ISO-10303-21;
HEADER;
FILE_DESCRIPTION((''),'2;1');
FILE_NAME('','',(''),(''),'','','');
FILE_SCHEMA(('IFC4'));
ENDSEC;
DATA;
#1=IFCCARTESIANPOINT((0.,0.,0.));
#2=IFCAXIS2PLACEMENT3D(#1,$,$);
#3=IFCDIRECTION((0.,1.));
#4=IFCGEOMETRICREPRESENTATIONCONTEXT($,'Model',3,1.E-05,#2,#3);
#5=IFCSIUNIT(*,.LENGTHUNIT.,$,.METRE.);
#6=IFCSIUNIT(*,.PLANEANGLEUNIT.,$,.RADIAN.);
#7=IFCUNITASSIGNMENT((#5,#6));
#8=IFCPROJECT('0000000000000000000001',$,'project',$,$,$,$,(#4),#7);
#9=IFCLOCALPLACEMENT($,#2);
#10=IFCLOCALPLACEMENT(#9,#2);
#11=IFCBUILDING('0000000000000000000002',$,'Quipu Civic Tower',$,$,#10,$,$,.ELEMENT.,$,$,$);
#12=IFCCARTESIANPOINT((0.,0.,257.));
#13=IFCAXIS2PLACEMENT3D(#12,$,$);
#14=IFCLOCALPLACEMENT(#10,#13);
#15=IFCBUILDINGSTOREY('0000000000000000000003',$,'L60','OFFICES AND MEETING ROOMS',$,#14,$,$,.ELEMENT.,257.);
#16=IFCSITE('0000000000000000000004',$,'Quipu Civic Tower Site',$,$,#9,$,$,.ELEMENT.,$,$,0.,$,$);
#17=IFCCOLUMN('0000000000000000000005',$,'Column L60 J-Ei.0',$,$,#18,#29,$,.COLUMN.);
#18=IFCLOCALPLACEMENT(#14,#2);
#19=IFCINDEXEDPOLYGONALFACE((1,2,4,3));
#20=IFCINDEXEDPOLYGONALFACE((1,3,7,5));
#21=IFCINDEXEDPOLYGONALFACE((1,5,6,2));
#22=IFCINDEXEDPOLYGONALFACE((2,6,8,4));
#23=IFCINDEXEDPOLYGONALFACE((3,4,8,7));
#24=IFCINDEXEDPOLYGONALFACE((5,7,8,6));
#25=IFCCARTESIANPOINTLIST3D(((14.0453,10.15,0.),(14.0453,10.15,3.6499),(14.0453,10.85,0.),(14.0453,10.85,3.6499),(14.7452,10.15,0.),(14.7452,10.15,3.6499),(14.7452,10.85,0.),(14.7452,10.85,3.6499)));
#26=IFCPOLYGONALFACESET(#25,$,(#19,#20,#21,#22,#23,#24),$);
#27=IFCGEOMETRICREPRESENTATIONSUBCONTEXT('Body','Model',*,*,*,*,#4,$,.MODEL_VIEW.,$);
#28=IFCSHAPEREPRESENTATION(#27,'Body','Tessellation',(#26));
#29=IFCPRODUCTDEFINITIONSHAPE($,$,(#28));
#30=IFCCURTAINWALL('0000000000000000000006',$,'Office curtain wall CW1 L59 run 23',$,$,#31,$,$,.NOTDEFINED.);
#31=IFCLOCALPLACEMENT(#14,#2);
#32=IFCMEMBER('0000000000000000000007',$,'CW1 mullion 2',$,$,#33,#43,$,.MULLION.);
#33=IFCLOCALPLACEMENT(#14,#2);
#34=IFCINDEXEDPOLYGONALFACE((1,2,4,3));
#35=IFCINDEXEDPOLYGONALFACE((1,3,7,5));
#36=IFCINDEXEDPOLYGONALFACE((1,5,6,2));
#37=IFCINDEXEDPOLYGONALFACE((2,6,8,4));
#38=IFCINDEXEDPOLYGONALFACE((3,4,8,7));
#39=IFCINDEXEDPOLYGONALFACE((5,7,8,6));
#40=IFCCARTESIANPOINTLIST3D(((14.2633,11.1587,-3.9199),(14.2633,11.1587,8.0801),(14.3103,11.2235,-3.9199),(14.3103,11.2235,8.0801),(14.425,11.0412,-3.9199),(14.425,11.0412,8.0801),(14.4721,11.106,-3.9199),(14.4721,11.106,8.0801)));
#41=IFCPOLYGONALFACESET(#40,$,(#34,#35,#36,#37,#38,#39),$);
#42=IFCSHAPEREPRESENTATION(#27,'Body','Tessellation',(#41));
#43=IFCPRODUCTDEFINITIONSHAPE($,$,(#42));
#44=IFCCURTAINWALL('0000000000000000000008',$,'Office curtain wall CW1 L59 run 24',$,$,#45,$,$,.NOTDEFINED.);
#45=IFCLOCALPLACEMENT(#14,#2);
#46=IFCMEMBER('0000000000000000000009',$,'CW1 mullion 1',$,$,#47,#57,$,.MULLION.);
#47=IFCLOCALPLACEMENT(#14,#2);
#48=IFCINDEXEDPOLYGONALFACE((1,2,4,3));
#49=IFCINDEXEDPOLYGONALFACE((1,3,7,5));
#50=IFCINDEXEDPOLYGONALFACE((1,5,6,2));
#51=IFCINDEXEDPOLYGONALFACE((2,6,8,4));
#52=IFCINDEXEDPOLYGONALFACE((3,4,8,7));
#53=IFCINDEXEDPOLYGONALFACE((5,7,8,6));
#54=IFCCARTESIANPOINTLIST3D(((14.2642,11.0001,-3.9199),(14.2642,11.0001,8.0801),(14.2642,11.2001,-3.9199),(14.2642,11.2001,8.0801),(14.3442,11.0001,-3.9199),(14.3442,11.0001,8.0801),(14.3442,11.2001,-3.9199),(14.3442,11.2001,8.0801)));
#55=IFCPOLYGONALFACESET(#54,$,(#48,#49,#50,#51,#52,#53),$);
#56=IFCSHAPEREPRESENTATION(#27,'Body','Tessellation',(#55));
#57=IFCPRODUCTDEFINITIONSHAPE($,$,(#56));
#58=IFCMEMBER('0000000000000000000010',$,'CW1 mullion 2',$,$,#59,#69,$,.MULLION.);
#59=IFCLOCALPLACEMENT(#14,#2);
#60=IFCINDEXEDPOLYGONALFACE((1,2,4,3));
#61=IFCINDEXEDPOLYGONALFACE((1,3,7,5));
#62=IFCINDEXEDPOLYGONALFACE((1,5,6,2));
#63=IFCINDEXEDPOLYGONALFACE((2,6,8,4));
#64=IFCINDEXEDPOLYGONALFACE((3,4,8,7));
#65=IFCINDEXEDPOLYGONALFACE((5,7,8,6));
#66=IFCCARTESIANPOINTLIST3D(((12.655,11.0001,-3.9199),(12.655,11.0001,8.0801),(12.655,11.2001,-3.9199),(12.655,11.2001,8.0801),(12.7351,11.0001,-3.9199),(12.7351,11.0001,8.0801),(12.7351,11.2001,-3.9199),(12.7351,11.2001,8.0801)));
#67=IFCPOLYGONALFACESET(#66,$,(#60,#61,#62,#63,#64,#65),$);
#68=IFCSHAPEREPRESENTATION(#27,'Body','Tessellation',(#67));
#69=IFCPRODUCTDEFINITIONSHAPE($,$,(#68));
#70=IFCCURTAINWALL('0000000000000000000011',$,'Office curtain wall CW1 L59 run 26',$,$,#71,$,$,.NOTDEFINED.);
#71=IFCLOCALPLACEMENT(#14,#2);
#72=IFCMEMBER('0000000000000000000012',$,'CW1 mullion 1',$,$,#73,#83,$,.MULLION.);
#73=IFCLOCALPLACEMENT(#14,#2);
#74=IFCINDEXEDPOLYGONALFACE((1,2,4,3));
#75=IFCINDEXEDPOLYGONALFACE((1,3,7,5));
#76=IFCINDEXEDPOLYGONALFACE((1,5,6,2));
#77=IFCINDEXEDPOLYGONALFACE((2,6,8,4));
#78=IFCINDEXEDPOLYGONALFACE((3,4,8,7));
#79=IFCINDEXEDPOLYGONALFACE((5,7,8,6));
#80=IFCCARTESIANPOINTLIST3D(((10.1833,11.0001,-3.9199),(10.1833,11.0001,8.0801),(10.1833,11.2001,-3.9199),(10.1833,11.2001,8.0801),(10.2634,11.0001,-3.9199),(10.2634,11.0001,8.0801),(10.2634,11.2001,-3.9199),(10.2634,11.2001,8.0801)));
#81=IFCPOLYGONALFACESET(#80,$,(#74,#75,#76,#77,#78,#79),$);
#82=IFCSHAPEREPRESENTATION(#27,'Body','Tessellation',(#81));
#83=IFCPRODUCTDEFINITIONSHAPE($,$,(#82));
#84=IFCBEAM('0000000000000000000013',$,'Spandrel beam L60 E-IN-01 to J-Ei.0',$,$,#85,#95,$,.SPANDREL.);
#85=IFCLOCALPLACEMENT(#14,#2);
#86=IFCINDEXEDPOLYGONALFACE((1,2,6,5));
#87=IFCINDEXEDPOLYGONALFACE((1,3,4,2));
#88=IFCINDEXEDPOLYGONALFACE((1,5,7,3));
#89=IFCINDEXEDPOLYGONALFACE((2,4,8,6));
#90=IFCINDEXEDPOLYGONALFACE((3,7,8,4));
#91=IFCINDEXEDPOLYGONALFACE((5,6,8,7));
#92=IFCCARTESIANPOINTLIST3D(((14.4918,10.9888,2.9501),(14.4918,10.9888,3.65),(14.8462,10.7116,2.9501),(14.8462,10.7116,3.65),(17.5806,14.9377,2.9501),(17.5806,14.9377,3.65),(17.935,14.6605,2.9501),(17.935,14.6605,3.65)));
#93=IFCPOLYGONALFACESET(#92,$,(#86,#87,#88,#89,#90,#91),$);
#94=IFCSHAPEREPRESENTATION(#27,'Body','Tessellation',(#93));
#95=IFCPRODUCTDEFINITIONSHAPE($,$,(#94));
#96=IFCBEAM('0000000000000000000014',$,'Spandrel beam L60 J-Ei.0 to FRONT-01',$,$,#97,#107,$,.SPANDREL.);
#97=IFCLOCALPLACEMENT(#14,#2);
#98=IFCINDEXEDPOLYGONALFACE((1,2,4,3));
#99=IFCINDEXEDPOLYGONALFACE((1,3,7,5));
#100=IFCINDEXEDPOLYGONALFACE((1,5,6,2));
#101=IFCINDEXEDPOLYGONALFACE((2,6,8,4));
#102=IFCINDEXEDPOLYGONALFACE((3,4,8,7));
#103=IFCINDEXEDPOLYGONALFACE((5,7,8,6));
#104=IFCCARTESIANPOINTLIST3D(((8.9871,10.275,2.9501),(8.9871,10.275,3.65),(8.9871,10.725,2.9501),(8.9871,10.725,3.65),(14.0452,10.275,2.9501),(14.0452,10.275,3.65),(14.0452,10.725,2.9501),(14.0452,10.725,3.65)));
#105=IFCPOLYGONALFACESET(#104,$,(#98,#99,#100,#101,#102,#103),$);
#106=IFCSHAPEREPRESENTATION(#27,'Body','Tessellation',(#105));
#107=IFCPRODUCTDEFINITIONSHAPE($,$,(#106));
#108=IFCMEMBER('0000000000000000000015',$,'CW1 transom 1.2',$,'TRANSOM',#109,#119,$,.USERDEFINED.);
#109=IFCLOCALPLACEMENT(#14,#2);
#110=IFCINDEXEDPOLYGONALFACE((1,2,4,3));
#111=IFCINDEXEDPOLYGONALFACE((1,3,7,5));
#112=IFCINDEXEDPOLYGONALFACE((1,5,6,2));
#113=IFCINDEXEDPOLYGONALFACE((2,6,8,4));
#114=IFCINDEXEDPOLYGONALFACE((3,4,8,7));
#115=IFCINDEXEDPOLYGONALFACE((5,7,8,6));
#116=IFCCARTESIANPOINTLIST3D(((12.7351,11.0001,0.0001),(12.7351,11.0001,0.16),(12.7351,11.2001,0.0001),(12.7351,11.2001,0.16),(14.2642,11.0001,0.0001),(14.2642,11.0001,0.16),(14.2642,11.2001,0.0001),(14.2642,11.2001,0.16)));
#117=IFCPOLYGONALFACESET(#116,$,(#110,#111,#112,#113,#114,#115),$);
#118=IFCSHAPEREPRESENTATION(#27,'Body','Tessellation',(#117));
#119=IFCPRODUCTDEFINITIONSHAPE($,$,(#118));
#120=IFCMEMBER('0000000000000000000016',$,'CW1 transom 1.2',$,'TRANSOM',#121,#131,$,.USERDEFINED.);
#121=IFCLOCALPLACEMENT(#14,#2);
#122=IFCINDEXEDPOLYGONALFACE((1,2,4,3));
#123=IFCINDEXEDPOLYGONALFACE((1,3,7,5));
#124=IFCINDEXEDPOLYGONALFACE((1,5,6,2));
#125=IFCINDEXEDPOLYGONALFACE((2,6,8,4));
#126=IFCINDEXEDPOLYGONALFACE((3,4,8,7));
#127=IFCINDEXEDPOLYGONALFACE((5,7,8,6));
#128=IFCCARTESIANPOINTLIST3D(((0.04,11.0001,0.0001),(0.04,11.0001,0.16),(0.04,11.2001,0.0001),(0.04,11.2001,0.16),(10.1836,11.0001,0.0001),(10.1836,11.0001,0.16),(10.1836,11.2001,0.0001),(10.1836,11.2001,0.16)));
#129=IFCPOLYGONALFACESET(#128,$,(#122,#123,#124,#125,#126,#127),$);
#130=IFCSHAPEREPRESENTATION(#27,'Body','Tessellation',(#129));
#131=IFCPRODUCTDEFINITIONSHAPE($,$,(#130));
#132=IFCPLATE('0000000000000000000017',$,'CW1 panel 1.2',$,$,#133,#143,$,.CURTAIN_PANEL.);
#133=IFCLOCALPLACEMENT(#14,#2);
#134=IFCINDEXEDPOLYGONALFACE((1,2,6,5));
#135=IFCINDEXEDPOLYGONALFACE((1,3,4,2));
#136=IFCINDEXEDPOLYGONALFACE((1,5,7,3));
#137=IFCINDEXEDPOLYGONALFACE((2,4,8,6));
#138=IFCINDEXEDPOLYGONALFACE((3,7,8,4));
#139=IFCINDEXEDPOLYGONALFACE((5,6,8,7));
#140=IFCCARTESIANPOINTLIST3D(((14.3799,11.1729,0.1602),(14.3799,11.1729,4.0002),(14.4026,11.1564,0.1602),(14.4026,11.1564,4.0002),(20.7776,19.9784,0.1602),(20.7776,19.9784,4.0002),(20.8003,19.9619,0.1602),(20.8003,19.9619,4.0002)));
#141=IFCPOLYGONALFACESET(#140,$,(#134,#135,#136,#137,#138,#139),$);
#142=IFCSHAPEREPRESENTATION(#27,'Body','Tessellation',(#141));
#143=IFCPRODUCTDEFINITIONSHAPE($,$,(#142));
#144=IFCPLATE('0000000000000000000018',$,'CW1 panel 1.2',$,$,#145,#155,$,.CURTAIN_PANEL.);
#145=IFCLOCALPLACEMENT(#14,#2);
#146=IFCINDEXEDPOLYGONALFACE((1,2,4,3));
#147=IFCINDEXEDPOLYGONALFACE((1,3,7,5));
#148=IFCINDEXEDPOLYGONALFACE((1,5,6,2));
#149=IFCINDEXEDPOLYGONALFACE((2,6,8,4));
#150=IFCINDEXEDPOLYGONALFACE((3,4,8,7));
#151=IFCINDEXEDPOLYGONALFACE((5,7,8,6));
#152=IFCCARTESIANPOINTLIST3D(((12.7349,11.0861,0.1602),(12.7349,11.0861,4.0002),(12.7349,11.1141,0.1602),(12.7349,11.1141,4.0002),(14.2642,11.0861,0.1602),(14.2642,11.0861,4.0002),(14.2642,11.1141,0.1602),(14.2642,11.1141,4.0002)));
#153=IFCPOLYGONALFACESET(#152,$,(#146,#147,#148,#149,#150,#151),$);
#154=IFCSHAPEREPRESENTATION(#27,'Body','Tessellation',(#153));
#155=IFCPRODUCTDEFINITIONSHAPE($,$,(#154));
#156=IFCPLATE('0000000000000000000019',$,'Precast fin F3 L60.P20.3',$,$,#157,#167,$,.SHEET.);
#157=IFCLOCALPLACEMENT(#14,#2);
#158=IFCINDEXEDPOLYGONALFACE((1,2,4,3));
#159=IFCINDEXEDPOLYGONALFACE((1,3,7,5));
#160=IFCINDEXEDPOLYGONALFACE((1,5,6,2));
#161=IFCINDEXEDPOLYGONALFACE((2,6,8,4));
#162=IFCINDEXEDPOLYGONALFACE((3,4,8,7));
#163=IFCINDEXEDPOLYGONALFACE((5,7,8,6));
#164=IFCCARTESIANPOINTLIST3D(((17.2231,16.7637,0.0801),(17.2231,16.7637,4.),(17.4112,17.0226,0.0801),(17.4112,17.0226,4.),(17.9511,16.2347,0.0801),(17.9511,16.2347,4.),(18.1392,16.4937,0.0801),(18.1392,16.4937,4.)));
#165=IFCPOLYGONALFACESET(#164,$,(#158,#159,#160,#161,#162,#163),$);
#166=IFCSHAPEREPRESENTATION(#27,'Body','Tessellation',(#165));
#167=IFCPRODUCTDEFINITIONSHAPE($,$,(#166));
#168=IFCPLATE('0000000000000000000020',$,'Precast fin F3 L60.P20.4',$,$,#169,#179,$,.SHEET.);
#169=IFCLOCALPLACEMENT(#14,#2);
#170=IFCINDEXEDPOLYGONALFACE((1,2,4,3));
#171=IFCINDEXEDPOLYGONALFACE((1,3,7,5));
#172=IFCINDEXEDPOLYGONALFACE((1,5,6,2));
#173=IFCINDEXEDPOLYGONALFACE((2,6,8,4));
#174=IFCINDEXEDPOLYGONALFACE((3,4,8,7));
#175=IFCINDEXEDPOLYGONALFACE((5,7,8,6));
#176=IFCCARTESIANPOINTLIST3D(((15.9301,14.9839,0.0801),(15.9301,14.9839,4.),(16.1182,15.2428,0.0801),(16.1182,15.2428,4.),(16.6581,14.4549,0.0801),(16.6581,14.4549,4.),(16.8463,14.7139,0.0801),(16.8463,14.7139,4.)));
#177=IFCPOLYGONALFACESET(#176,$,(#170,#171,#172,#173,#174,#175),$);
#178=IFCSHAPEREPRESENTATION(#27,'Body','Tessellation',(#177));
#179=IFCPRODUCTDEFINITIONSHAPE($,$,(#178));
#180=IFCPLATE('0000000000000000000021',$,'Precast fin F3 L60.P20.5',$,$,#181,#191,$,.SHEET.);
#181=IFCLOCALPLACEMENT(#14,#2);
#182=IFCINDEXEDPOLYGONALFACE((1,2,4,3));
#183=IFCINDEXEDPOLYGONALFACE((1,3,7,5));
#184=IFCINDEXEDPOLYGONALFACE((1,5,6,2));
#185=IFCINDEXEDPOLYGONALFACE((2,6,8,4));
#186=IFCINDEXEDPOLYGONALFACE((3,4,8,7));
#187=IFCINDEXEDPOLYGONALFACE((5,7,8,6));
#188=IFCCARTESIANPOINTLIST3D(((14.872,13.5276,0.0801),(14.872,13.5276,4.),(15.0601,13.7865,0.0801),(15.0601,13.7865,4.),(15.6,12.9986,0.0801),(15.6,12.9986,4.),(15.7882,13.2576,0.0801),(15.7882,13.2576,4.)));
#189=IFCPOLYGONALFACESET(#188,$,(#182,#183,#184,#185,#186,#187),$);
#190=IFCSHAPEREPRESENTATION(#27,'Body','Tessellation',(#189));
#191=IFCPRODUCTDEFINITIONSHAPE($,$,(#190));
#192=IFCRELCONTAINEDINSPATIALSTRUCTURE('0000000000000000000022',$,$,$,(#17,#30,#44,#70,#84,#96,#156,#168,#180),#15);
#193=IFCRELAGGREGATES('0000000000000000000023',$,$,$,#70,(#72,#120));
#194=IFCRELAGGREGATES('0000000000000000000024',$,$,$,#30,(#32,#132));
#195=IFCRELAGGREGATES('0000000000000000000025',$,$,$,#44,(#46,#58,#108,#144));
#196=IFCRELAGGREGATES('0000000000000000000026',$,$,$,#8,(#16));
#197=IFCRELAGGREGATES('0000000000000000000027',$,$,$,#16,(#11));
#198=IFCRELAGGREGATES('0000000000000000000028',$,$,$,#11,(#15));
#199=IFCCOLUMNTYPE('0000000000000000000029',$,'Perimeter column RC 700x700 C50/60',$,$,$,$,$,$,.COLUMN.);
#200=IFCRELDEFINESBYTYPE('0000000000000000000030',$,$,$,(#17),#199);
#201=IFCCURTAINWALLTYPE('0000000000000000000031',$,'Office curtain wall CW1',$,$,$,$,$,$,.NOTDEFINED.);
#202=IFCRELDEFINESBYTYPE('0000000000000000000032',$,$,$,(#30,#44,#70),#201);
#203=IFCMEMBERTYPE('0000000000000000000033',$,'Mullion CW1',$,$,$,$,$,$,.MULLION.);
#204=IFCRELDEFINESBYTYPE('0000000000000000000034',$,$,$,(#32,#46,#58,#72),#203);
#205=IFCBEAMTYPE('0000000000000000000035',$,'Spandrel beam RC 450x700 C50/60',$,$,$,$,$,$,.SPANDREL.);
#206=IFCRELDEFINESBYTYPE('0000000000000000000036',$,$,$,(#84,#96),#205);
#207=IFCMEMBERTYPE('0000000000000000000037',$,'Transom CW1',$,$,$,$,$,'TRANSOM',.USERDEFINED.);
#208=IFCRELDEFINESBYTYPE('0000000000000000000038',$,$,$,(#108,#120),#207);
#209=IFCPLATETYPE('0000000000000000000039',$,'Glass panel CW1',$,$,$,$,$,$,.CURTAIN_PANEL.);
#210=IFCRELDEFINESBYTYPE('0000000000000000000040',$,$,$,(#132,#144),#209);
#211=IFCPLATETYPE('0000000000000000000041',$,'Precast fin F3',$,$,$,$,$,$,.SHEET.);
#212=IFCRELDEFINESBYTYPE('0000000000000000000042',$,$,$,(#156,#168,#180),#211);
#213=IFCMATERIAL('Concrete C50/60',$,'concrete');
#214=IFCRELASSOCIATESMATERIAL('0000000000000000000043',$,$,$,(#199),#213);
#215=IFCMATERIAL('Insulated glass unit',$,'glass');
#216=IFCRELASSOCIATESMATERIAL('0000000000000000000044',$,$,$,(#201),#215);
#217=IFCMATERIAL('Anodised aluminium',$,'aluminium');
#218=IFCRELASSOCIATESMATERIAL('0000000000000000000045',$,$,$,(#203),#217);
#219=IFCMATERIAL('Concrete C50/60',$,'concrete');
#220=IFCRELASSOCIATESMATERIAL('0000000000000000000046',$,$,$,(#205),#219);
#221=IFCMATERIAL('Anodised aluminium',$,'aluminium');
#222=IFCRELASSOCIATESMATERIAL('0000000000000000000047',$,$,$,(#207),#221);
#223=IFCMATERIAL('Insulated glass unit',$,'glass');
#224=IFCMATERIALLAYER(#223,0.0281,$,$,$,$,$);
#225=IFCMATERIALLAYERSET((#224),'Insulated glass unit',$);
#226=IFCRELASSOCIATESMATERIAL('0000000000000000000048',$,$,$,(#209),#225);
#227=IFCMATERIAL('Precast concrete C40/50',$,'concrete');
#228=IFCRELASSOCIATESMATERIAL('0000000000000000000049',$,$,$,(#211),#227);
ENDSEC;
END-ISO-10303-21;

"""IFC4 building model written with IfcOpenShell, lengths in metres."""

from ifc_helpers import new_model, si_unit, direction, frame, origin, origin_2d, place, context, subcontext, project, spatial, rectangle, extrude, material, layer, layer_set, material_profile, profile_set, type_object, element, aggregate, save


model = new_model("IFC4")

# Units and contexts
model_context = context("Model", 3, precision=1e-05, world=origin(), true_north=direction((0.0, 1.0)))
body_context = subcontext(model_context, "Body", "Model", "MODEL_VIEW")
ifc_project = project(units=[si_unit("LENGTHUNIT", "METRE"), si_unit("PLANEANGLEUNIT", "RADIAN")], contexts=[model_context])

# Site, building, storey
site_placement = place(None, origin())
site = spatial("IfcSite", under=ifc_project, at=site_placement, Name="Quipu Civic Tower Site", CompositionType="ELEMENT", RefElevation=0.0)
building_placement = place(site_placement, origin())
building = spatial("IfcBuilding", under=site, at=building_placement, Name="Quipu Civic Tower", CompositionType="ELEMENT")
storey_placement = place(building_placement, frame((0.0, 0.0, 257.0)))
storey = spatial("IfcBuildingStorey", under=building, at=storey_placement, Name="L60", Description="OFFICES AND MEETING ROOMS", CompositionType="ELEMENT", Elevation=257.0)

# Column
ifc_material_1 = material(Name="Concrete C50/60", Category="concrete")
ifc_material_profile_1 = material_profile(ifc_material_1, rectangle(XDim=0.7, YDim=0.7, at=origin_2d()), Name="RC700x700")
ifc_profile_set_1 = profile_set([ifc_material_profile_1], Name="Concrete C50/60")
column_type = type_object("IfcColumnType", Name="Perimeter column RC 700x700 C50/60", PredefinedType="COLUMN", material=ifc_profile_set_1)
column_placement = place(storey_placement, frame((14.3953, 10.5, 0.0), z_axis=(0.0, 0.0, 1.0), x_axis=(-1.0, 0.0, 0.0)))
element("IfcColumn", 1, at=column_placement, inside=storey, type_object=column_type, Name="Column L60 J-Ei.0", PredefinedType="COLUMN", context=body_context, shape_type="SweptSolid", body=[
    extrude(rectangle(XDim=0.7, YDim=0.7, at=origin_2d()), origin(), (0.0, 0.0, 1.0), 3.6499),
])

# Curtain wall, member
ifc_material_2 = material(Name="Insulated glass unit", Category="glass")
curtain_wall_type = type_object("IfcCurtainWallType", Name="Office curtain wall CW1", PredefinedType="NOTDEFINED", material=ifc_material_2)
curtain_wall_1_placement = place(storey_placement, origin())
curtain_wall_1 = element("IfcCurtainWall", 2, at=curtain_wall_1_placement, inside=storey, type_object=curtain_wall_type, Name="Office curtain wall CW1 L59 run 23", PredefinedType="NOTDEFINED")
ifc_material_3 = material(Name="Anodised aluminium", Category="aluminium")
ifc_material_profile_2 = material_profile(ifc_material_3, rectangle(XDim=0.2, YDim=0.0801, at=origin_2d()), Name="RECT 200x80")
ifc_profile_set_2 = profile_set([ifc_material_profile_2], Name="Anodised aluminium")
member_type_1 = type_object("IfcMemberType", Name="Mullion CW1", PredefinedType="MULLION", material=ifc_profile_set_2)
member_1_placement = place(storey_placement, frame((14.3677, 11.1323, -3.9199), z_axis=(0.0, 0.0, 1.0), x_axis=(0.809015, -0.587788, 0.0)))
member_1 = element("IfcMember", 3, at=member_1_placement, type_object=member_type_1, Name="CW1 mullion 2", PredefinedType="MULLION", context=body_context, shape_type="SweptSolid", body=[
    extrude(rectangle(XDim=0.2, YDim=0.0801, at=origin_2d()), origin(), (0.0, 0.0, 1.0), 12.0),
])

# Curtain wall, members
curtain_wall_2_placement = place(storey_placement, origin())
curtain_wall_2 = element("IfcCurtainWall", 4, at=curtain_wall_2_placement, inside=storey, type_object=curtain_wall_type, Name="Office curtain wall CW1 L59 run 24", PredefinedType="NOTDEFINED")
member_2_placement = place(storey_placement, frame((14.3042, 11.1001, -3.9199), z_axis=(0.0, 0.0, 1.0), x_axis=(0.0, -1.0, 0.0)))
member_2 = element("IfcMember", 5, at=member_2_placement, type_object=member_type_1, Name="CW1 mullion 1", PredefinedType="MULLION", context=body_context, shape_type="SweptSolid", body=[
    extrude(rectangle(XDim=0.2, YDim=0.0801, at=origin_2d()), origin(), (0.0, 0.0, 1.0), 12.0),
])
member_3_placement = place(storey_placement, frame((12.6951, 11.1001, -3.9199), z_axis=(0.0, 0.0, 1.0), x_axis=(0.0, -1.0, 0.0)))
member_3 = element("IfcMember", 6, at=member_3_placement, type_object=member_type_1, Name="CW1 mullion 2", PredefinedType="MULLION", context=body_context, shape_type="SweptSolid", body=[
    extrude(rectangle(XDim=0.2, YDim=0.0801, at=origin_2d()), origin(), (0.0, 0.0, 1.0), 12.0),
])

# Curtain wall, member
curtain_wall_3_placement = place(storey_placement, origin())
curtain_wall_3 = element("IfcCurtainWall", 7, at=curtain_wall_3_placement, inside=storey, type_object=curtain_wall_type, Name="Office curtain wall CW1 L59 run 26", PredefinedType="NOTDEFINED")
member_4_placement = place(storey_placement, frame((10.2234, 11.1001, -3.9199), z_axis=(0.0, 0.0, 1.0), x_axis=(0.0, -1.0, 0.0)))
member_4 = element("IfcMember", 8, at=member_4_placement, type_object=member_type_1, Name="CW1 mullion 1", PredefinedType="MULLION", context=body_context, shape_type="SweptSolid", body=[
    extrude(rectangle(XDim=0.2, YDim=0.0801, at=origin_2d()), origin(), (0.0, 0.0, 1.0), 12.0),
])

# Beams
ifc_material_4 = material(Name="Concrete C50/60", Category="concrete")
ifc_material_profile_3 = material_profile(ifc_material_4, rectangle(XDim=0.45, YDim=0.7, at=origin_2d()), Name="RC450x700")
ifc_profile_set_3 = profile_set([ifc_material_profile_3], Name="Concrete C50/60")
beam_type = type_object("IfcBeamType", Name="Spandrel beam RC 450x700 C50/60", PredefinedType="SPANDREL", material=ifc_profile_set_3)
beam_1_placement = place(storey_placement, frame((17.7578, 14.7991, 3.3), z_axis=(-0.616106, -0.787663, 0.0), x_axis=(0.787663, -0.616106, 0.0)))
element("IfcBeam", 9, at=beam_1_placement, inside=storey, type_object=beam_type, Name="Spandrel beam L60 E-IN-01 to J-Ei.0", PredefinedType="SPANDREL", context=body_context, shape_type="SweptSolid", body=[
    extrude(rectangle(XDim=0.45, YDim=0.7, at=origin_2d()), origin(), (0.0, 0.0, 1.0), 5.0134),
])
beam_2_placement = place(storey_placement, frame((14.0452, 10.5, 3.3), z_axis=(-1.0, 0.0, 0.0), x_axis=(0.0, -1.0, 0.0)))
element("IfcBeam", 10, at=beam_2_placement, inside=storey, type_object=beam_type, Name="Spandrel beam L60 J-Ei.0 to FRONT-01", PredefinedType="SPANDREL", context=body_context, shape_type="SweptSolid", body=[
    extrude(rectangle(XDim=0.45, YDim=0.7, at=origin_2d()), origin(), (0.0, 0.0, 1.0), 5.0581),
])

# Members
ifc_material_5 = material(Name="Anodised aluminium", Category="aluminium")
ifc_material_profile_4 = material_profile(ifc_material_5, rectangle(XDim=0.2, YDim=0.1599, at=origin_2d()), Name="RECT 200x160")
ifc_profile_set_4 = profile_set([ifc_material_profile_4], Name="Anodised aluminium")
member_type_2 = type_object("IfcMemberType", Name="Transom CW1", ElementType="TRANSOM", PredefinedType="USERDEFINED", material=ifc_profile_set_4)
member_5_placement = place(storey_placement, frame((14.2642, 11.1001, 0.0801), z_axis=(-1.0, 0.0, 0.0), x_axis=(0.0, -1.0, 0.0)))
member_5 = element("IfcMember", 11, at=member_5_placement, type_object=member_type_2, Name="CW1 transom 1.2", ObjectType="TRANSOM", PredefinedType="USERDEFINED", context=body_context, shape_type="SweptSolid", body=[
    extrude(rectangle(XDim=0.2, YDim=0.1599, at=origin_2d()), origin(), (0.0, 0.0, 1.0), 1.5291),
])
member_6_placement = place(storey_placement, frame((10.1836, 11.1001, 0.0801), z_axis=(-1.0, 0.0, 0.0), x_axis=(0.0, -1.0, 0.0)))
member_6 = element("IfcMember", 12, at=member_6_placement, type_object=member_type_2, Name="CW1 transom 1.2", ObjectType="TRANSOM", PredefinedType="USERDEFINED", context=body_context, shape_type="SweptSolid", body=[
    extrude(rectangle(XDim=0.2, YDim=0.1599, at=origin_2d()), origin(), (0.0, 0.0, 1.0), 10.1436),
])
aggregate(curtain_wall_3, [member_4, member_6])

# Plates
ifc_material_6 = material(Name="Insulated glass unit", Category="glass")
ifc_layer_1 = layer(ifc_material_6, 0.0281)
ifc_layer_set_1 = layer_set([ifc_layer_1], Name="Insulated glass unit")
plate_type_1 = type_object("IfcPlateType", Name="Glass panel CW1", PredefinedType="CURTAIN_PANEL", material=ifc_layer_set_1)
plate_1_placement = place(storey_placement, frame((17.5901, 15.5674, 0.1602), z_axis=(0.0, 0.0, 1.0), x_axis=(-0.587788, -0.809015, 0.0)))
plate_1 = element("IfcPlate", 13, at=plate_1_placement, type_object=plate_type_1, Name="CW1 panel 1.2", PredefinedType="CURTAIN_PANEL", context=body_context, shape_type="SweptSolid", body=[
    extrude(rectangle(XDim=10.8843, YDim=0.0281, at=origin_2d()), origin(), (0.0, 0.0, 1.0), 3.8401),
])
aggregate(curtain_wall_1, [member_1, plate_1])
plate_2_placement = place(storey_placement, frame((13.4995, 11.1001, 0.1602), z_axis=(0.0, 0.0, 1.0), x_axis=(-1.0, 0.0, 0.0)))
plate_2 = element("IfcPlate", 14, at=plate_2_placement, type_object=plate_type_1, Name="CW1 panel 1.2", PredefinedType="CURTAIN_PANEL", context=body_context, shape_type="SweptSolid", body=[
    extrude(rectangle(XDim=1.5293, YDim=0.0281, at=origin_2d()), origin(), (0.0, 0.0, 1.0), 3.8401),
])
aggregate(curtain_wall_2, [member_2, member_3, member_5, plate_2])

# Plates
ifc_material_7 = material(Name="Precast concrete C40/50", Category="concrete")
plate_type_2 = type_object("IfcPlateType", Name="Precast fin F3", PredefinedType="SHEET", material=ifc_material_7)
for number, where, z_axis, x_axis, name in (
    (15, (17.6812, 16.6287, 0.0801), (0.0, 0.0, 1.0), (-0.587784, -0.809018, 0.0), "Precast fin F3 L60.P20.3"),
    (16, (16.3882, 14.8489, 0.0801), (0.0, 0.0, 1.0), (-0.587784, -0.809018, 0.0), "Precast fin F3 L60.P20.4"),
    (17, (15.3301, 13.3926, 0.0801), (0.0, 0.0, 1.0), (-0.587784, -0.809018, 0.0), "Precast fin F3 L60.P20.5"),
):
    element("IfcPlate", number, at=place(storey_placement, frame(where, z_axis=z_axis, x_axis=x_axis)), inside=storey, type_object=plate_type_2, Name=name, PredefinedType="SHEET", context=body_context, shape_type="SweptSolid", body=[
        extrude(rectangle(XDim=0.3201, YDim=0.8999, at=origin_2d()), origin(), (0.0, 0.0, 1.0), 3.9199),
    ])

save(model, "model.ifc")
